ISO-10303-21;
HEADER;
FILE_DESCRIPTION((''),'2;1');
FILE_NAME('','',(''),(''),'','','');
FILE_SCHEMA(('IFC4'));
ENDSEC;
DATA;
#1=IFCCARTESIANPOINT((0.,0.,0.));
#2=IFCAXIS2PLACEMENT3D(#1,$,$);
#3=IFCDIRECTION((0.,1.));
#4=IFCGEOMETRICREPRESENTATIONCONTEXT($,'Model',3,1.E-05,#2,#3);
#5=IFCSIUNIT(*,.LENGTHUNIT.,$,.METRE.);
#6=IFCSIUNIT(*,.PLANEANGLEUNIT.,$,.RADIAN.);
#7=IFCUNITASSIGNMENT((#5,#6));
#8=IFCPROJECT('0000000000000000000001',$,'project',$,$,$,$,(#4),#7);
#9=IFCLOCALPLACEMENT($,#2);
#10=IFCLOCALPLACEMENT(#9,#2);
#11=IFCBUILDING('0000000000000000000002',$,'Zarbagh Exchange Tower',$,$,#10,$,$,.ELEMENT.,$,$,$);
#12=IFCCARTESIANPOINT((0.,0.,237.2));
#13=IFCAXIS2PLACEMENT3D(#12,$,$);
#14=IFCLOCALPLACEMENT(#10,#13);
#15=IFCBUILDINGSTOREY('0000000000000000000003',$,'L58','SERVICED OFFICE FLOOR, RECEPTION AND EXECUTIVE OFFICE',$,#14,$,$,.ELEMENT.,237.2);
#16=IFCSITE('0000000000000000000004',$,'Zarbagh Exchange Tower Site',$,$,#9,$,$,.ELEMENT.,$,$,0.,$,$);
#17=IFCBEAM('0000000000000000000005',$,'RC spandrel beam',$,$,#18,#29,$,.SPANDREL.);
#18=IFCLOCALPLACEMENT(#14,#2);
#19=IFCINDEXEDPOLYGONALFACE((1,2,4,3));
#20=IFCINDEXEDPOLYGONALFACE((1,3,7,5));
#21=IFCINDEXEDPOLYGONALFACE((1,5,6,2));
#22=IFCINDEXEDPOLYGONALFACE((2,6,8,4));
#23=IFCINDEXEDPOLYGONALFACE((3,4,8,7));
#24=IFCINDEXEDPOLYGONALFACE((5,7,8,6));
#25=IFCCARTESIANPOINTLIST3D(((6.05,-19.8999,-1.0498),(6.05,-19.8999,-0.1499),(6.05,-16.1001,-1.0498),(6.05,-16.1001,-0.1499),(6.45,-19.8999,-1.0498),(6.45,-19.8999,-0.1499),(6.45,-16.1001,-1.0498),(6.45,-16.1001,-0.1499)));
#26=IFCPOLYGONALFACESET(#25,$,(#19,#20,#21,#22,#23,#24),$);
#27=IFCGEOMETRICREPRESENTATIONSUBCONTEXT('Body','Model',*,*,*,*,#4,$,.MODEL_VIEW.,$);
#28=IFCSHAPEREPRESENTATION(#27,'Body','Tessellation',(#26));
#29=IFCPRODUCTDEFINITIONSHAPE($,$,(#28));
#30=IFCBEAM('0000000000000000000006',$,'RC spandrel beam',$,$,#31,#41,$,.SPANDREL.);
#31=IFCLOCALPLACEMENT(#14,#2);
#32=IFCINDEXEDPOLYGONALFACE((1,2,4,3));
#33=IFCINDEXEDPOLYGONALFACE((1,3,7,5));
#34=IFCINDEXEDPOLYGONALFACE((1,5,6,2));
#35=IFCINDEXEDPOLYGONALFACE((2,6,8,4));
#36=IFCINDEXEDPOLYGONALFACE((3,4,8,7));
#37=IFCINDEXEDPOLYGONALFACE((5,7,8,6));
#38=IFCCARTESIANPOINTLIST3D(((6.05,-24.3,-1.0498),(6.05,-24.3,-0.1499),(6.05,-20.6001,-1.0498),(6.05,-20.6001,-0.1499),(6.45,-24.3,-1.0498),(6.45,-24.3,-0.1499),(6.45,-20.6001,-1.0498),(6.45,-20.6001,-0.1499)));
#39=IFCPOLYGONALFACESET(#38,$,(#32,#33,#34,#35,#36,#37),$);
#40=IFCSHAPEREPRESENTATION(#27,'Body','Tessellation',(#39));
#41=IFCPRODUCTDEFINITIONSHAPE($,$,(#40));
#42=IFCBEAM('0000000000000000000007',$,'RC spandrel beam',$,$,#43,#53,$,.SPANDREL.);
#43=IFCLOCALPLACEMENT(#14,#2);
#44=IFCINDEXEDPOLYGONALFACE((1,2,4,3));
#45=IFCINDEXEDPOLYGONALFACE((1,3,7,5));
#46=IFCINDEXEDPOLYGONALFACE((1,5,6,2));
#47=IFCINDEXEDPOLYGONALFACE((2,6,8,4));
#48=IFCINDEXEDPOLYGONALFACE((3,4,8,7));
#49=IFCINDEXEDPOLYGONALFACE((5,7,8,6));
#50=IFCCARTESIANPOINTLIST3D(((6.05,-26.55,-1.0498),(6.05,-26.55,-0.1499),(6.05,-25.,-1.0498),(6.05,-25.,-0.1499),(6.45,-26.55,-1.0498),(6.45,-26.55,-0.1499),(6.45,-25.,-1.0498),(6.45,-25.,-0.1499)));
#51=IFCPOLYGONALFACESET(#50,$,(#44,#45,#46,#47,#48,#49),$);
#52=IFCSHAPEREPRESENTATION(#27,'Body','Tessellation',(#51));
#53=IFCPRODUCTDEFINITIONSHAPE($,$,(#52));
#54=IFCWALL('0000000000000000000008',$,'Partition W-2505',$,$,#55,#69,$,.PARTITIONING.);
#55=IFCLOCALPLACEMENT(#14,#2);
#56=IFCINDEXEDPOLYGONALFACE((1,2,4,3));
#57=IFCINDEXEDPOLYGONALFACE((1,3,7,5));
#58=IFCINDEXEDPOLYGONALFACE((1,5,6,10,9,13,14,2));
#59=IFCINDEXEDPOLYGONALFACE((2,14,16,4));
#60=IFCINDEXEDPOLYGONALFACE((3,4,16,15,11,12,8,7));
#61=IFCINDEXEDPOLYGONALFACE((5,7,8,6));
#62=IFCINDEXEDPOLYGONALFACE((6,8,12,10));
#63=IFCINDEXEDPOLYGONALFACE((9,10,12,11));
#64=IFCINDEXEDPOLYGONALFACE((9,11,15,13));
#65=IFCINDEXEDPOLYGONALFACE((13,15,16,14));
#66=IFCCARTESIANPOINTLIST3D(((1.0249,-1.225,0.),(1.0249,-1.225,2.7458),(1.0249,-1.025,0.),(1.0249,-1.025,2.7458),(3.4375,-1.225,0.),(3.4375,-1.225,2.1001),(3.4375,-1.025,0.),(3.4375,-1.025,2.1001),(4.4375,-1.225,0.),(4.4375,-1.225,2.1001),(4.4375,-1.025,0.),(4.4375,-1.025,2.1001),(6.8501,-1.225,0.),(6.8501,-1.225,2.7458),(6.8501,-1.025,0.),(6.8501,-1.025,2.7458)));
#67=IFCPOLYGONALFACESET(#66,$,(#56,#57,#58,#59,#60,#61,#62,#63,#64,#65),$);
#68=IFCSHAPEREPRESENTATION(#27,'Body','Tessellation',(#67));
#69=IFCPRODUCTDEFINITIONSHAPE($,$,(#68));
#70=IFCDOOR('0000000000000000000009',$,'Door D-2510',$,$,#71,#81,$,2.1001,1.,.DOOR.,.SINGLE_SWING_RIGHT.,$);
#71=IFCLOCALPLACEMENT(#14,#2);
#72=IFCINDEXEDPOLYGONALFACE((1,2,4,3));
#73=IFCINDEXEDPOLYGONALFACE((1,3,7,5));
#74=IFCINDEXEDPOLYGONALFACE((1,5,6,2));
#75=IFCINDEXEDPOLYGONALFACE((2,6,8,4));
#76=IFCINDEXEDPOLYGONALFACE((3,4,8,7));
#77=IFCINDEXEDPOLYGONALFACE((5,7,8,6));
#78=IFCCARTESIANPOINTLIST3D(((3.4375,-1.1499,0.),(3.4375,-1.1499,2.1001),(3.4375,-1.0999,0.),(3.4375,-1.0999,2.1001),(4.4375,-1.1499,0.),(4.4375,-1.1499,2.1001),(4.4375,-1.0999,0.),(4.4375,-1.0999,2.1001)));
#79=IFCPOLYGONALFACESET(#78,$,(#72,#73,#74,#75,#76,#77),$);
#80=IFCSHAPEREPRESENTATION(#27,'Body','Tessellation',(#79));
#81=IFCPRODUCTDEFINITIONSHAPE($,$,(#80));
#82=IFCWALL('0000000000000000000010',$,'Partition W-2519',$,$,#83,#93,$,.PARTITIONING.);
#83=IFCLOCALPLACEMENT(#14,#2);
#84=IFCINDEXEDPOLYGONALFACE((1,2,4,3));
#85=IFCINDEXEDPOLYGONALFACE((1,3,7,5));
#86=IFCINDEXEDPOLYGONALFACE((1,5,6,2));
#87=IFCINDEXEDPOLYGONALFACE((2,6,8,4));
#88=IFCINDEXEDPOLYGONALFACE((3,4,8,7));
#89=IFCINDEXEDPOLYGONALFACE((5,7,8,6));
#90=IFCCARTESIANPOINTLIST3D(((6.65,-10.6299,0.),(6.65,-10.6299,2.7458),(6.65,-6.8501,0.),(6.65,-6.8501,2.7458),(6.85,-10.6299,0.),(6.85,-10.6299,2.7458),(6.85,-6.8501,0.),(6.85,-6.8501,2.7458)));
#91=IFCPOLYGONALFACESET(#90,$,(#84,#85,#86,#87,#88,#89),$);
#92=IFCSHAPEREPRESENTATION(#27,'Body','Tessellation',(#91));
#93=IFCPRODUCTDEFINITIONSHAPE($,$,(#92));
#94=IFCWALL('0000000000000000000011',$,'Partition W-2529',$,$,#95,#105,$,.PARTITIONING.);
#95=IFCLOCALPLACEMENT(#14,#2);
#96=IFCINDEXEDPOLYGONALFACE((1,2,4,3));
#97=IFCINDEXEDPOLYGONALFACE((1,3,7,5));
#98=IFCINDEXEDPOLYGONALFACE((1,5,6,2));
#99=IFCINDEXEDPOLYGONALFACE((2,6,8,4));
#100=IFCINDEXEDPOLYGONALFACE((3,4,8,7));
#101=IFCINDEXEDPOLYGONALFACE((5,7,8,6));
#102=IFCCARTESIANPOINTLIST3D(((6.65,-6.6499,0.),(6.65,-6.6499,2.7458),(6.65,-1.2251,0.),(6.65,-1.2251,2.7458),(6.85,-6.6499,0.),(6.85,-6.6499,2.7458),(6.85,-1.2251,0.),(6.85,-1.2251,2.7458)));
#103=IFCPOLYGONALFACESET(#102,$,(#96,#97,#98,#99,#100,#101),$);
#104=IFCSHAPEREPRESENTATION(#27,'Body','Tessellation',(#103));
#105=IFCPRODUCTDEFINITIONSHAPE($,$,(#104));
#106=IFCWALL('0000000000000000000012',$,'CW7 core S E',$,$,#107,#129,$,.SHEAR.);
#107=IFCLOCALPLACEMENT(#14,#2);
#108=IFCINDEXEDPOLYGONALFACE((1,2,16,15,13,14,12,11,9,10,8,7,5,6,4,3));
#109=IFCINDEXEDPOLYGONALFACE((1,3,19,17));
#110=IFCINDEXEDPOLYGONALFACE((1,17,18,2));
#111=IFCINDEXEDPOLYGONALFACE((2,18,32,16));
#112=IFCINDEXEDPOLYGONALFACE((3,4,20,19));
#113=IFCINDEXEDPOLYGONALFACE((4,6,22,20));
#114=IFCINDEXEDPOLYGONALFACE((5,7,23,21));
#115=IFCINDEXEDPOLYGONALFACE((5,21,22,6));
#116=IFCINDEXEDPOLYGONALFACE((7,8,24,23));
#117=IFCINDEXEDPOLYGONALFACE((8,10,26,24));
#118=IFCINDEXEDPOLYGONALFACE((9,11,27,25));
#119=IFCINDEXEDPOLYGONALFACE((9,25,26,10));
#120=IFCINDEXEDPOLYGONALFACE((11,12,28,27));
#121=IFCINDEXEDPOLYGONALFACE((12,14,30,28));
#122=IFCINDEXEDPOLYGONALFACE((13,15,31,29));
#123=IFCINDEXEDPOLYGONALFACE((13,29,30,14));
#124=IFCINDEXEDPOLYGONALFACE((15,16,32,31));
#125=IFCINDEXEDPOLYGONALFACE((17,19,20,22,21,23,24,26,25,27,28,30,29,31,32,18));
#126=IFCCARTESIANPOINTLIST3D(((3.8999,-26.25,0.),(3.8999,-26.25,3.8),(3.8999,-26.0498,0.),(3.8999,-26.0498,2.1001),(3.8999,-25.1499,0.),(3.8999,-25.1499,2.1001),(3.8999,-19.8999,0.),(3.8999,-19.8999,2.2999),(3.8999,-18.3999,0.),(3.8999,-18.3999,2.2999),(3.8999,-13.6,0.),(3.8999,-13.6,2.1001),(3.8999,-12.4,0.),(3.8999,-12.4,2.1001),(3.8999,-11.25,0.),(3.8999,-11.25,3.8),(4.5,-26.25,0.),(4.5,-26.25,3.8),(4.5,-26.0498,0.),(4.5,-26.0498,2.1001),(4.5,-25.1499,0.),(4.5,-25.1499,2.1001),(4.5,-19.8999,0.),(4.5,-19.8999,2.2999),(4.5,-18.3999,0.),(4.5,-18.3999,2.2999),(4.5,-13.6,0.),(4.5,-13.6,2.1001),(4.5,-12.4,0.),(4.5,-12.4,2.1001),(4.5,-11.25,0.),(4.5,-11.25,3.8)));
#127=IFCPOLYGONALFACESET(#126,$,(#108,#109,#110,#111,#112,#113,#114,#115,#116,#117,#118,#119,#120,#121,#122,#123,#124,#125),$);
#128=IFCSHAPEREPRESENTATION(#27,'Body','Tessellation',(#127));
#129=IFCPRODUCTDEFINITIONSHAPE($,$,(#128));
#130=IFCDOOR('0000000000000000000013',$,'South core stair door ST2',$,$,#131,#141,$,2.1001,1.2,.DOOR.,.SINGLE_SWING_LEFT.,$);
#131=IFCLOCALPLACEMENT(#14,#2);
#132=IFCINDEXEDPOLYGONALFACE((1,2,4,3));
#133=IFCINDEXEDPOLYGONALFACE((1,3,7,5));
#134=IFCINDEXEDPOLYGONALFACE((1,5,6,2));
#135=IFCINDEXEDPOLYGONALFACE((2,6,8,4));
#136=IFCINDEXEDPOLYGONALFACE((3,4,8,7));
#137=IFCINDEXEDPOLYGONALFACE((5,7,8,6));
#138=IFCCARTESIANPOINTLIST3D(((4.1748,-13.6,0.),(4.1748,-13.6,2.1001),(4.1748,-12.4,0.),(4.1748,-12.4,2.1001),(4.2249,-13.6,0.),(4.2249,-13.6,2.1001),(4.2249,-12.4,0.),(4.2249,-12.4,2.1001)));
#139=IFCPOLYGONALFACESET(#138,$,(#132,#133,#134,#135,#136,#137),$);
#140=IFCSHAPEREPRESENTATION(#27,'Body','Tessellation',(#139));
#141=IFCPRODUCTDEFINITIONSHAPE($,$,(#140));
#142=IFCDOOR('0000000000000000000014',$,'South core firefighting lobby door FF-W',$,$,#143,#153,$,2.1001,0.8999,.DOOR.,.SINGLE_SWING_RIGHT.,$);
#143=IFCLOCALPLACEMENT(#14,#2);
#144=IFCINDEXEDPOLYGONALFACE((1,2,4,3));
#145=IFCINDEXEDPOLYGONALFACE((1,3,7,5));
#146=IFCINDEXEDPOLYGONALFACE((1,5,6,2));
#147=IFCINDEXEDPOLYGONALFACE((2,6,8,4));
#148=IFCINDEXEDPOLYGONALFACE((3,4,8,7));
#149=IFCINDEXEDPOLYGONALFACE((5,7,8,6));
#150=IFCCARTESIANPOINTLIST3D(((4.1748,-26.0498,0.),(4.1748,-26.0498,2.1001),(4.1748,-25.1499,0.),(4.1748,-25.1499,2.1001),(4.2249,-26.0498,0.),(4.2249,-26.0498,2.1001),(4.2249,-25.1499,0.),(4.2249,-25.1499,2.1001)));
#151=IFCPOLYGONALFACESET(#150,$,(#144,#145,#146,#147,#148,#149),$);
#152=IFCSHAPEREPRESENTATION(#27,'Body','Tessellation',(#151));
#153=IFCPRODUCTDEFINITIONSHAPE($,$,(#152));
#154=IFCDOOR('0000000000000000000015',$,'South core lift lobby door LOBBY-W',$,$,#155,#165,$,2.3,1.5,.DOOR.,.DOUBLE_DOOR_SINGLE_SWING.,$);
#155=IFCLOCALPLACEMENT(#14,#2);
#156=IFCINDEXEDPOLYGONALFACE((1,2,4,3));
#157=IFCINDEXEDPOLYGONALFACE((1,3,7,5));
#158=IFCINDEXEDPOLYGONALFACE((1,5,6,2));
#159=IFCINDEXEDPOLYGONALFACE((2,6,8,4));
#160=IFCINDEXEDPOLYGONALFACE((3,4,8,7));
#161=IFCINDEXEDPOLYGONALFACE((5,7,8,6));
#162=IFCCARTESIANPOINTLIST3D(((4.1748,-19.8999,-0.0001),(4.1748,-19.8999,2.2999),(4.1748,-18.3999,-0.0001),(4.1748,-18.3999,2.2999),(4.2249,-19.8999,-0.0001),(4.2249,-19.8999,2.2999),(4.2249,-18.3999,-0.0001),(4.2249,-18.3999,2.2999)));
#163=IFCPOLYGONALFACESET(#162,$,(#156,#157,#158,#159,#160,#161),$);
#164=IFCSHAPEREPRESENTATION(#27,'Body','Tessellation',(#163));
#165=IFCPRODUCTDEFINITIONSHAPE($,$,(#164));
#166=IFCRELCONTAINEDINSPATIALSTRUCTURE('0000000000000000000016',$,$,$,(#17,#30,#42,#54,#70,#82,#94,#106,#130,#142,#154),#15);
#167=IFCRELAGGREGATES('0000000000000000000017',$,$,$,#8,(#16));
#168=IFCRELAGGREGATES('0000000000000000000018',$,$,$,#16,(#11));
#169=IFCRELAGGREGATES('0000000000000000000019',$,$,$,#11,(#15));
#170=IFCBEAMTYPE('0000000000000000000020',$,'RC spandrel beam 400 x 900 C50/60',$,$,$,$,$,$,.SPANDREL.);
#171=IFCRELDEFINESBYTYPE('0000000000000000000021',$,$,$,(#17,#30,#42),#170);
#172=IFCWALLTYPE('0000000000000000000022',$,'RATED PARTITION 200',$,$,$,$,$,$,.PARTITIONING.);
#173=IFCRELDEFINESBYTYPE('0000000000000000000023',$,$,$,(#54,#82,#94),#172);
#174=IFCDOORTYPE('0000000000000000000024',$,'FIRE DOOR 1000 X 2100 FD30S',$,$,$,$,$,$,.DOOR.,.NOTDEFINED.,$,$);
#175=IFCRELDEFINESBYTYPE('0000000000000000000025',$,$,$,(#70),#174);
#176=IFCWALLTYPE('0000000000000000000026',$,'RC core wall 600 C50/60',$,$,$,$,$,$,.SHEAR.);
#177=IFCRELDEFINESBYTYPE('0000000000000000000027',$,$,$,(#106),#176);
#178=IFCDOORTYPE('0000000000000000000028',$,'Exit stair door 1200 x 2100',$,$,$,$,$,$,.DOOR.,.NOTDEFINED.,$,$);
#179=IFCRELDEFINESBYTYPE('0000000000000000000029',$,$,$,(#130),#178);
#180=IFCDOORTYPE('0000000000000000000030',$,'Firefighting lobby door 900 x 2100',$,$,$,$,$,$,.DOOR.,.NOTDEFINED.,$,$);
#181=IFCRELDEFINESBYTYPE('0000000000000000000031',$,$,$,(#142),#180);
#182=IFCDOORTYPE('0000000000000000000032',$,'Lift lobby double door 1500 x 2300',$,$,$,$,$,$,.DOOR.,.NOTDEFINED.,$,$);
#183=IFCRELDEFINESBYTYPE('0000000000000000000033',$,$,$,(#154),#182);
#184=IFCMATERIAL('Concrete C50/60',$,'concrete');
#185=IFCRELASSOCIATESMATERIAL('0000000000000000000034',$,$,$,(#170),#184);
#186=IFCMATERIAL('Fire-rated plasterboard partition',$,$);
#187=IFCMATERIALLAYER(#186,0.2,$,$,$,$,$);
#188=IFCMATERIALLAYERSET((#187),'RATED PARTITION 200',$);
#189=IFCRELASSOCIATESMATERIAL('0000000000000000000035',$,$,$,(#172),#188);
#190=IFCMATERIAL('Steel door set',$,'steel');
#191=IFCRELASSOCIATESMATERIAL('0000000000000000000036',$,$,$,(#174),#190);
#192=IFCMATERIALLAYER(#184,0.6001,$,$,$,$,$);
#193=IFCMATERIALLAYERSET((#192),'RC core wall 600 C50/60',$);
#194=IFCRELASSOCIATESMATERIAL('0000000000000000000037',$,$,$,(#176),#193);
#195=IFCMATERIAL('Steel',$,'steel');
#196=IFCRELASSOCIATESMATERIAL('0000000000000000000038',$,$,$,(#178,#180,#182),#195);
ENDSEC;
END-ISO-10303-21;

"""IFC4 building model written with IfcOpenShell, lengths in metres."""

from ifc_helpers import new_model, si_unit, direction, frame, frame_2d, origin, origin_2d, place, context, subcontext, project, spatial, rectangle, extrude, material, layer, layer_set, material_profile, profile_set, type_object, element, fill, save


model = new_model("IFC4")

# Units and contexts
model_context = context("Model", 3, precision=1e-05, world=origin(), true_north=direction((0.0, 1.0)))
body_context = subcontext(model_context, "Body", "Model", "MODEL_VIEW")
ifc_project = project(units=[si_unit("LENGTHUNIT", "METRE"), si_unit("PLANEANGLEUNIT", "RADIAN")], contexts=[model_context])

# Site, building, storey
site_placement = place(None, origin())
site = spatial("IfcSite", under=ifc_project, at=site_placement, Name="Zarbagh Exchange Tower Site", CompositionType="ELEMENT", RefElevation=0.0)
building_placement = place(site_placement, origin())
building = spatial("IfcBuilding", under=site, at=building_placement, Name="Zarbagh Exchange Tower", CompositionType="ELEMENT")
storey_placement = place(building_placement, frame((0.0, 0.0, 237.2)))
storey = spatial("IfcBuildingStorey", under=building, at=storey_placement, Name="L58", Description="SERVICED OFFICE FLOOR, RECEPTION AND EXECUTIVE OFFICE", CompositionType="ELEMENT", Elevation=237.2)

# Shared definitions
ifc_material_1 = material(Name="Concrete C50/60", Category="concrete")

# Beams
ifc_material_profile_1 = material_profile(ifc_material_1, rectangle(XDim=0.3999, YDim=0.8999, at=origin_2d()), Name="RC spandrel beam 400 x 900 C50/60")
ifc_profile_set_1 = profile_set([ifc_material_profile_1], Name="Concrete C50/60")
beam_type_1 = type_object("IfcBeamType", Name="RC spandrel beam 400 x 900 C50/60", PredefinedType="SPANDREL", material=ifc_profile_set_1)
beam_1_placement = place(storey_placement, frame((6.25, -16.1001, -0.5999), z_axis=(0.0, -1.0, 0.0), x_axis=(1.0, 0.0, 0.0)))
element("IfcBeam", 1, at=beam_1_placement, inside=storey, type_object=beam_type_1, Name="RC spandrel beam", PredefinedType="SPANDREL", context=body_context, shape_type="SweptSolid", body=[
    extrude(rectangle(XDim=0.3999, YDim=0.8999, at=origin_2d()), origin(), (0.0, 0.0, 1.0), 3.7998),
])
beam_2_placement = place(storey_placement, frame((6.25, -20.6001, -0.5999), z_axis=(0.0, -1.0, 0.0), x_axis=(1.0, 0.0, 0.0)))
element("IfcBeam", 2, at=beam_2_placement, inside=storey, type_object=beam_type_1, Name="RC spandrel beam", PredefinedType="SPANDREL", context=body_context, shape_type="SweptSolid", body=[
    extrude(rectangle(XDim=0.3999, YDim=0.8999, at=origin_2d()), origin(), (0.0, 0.0, 1.0), 3.7),
])
beam_3_placement = place(storey_placement, frame((6.25, -25.0, -0.5999), z_axis=(0.0, -1.0, 0.0), x_axis=(1.0, 0.0, 0.0)))
element("IfcBeam", 3, at=beam_3_placement, inside=storey, type_object=beam_type_1, Name="RC spandrel beam", PredefinedType="SPANDREL", context=body_context, shape_type="SweptSolid", body=[
    extrude(rectangle(XDim=0.3999, YDim=0.8999, at=origin_2d()), origin(), (0.0, 0.0, 1.0), 1.55),
])

# Wall, opening, door
ifc_material_2 = material(Name="Fire-rated plasterboard partition")
ifc_layer_1 = layer(ifc_material_2, 0.2)
ifc_layer_set_1 = layer_set([ifc_layer_1], Name="RATED PARTITION 200")
wall_type_1 = type_object("IfcWallType", Name="RATED PARTITION 200", PredefinedType="PARTITIONING", material=ifc_layer_set_1)
wall_1_placement = place(storey_placement, frame((6.8501, -1.125, 0.0), z_axis=(0.0, 0.0, 1.0), x_axis=(-1.0, 0.0, 0.0)))
wall_1 = element("IfcWall", 4, at=wall_1_placement, inside=storey, type_object=wall_type_1, Name="Partition W-2505", PredefinedType="PARTITIONING", context=body_context, shape_type="SweptSolid", body=[
    extrude(rectangle(XDim=5.8252, YDim=0.2, at=frame_2d((2.9126, 0.0))), origin(), (0.0, 0.0, 1.0), 2.7458),
])
opening_1_placement = place(wall_1_placement, frame((2.4126, 0.0, 0.0)))
opening_1 = element("IfcOpeningElement", 5, at=opening_1_placement, cuts=wall_1, PredefinedType="OPENING", context=body_context, shape_type="SweptSolid", body=[
    extrude(rectangle(XDim=1.0, YDim=2.1001, at=frame_2d((0.5, 1.05))), frame((0.0, 0.1099, 0.0), z_axis=(0.0, -1.0, 0.0), x_axis=(1.0, 0.0, 0.0)), (0.0, 0.0, 1.0), 0.22),
])
ifc_material_3 = material(Name="Steel door set", Category="steel")
door_type_1 = type_object("IfcDoorType", Name="FIRE DOOR 1000 X 2100 FD30S", OperationType="NOTDEFINED", PredefinedType="DOOR", material=ifc_material_3)
door_1_placement = place(opening_1_placement, origin())
door_1 = element("IfcDoor", 6, at=door_1_placement, inside=storey, type_object=door_type_1, Name="Door D-2510", OperationType="SINGLE_SWING_RIGHT", OverallHeight=2.1001, OverallWidth=1.0, PredefinedType="DOOR", context=body_context, shape_type="SweptSolid", body=[
    extrude(rectangle(XDim=1.0, YDim=2.1001, at=frame_2d((0.5, 1.05))), frame((0.0, 0.0249, 0.0), z_axis=(0.0, -1.0, 0.0), x_axis=(1.0, 0.0, 0.0)), (0.0, 0.0, 1.0), 0.05),
])
fill(opening_1, door_1)

# Walls
wall_2_placement = place(storey_placement, frame((6.75, -10.6299, 0.0), z_axis=(0.0, 0.0, 1.0), x_axis=(0.0, 1.0, 0.0)))
element("IfcWall", 7, at=wall_2_placement, inside=storey, type_object=wall_type_1, Name="Partition W-2519", PredefinedType="PARTITIONING", context=body_context, shape_type="SweptSolid", body=[
    extrude(rectangle(XDim=3.7798, YDim=0.2, at=frame_2d((1.8899, 0.0))), origin(), (0.0, 0.0, 1.0), 2.7458),
])
wall_3_placement = place(storey_placement, frame((6.75, -6.6499, 0.0), z_axis=(0.0, 0.0, 1.0), x_axis=(0.0, 1.0, 0.0)))
element("IfcWall", 8, at=wall_3_placement, inside=storey, type_object=wall_type_1, Name="Partition W-2529", PredefinedType="PARTITIONING", context=body_context, shape_type="SweptSolid", body=[
    extrude(rectangle(XDim=5.4248, YDim=0.2, at=frame_2d((2.7124, 0.0))), origin(), (0.0, 0.0, 1.0), 2.7458),
])

# Wall, openings, doors
ifc_layer_2 = layer(ifc_material_1, 0.6001)
ifc_layer_set_2 = layer_set([ifc_layer_2], Name="RC core wall 600 C50/60")
wall_type_2 = type_object("IfcWallType", Name="RC core wall 600 C50/60", PredefinedType="SHEAR", material=ifc_layer_set_2)
wall_4_placement = place(storey_placement, frame((4.2, -11.25, 0.0), z_axis=(0.0, 0.0, 1.0), x_axis=(0.0, -1.0, 0.0)))
wall_4 = element("IfcWall", 9, at=wall_4_placement, inside=storey, type_object=wall_type_2, Name="CW7 core S E", PredefinedType="SHEAR", context=body_context, shape_type="SweptSolid", body=[
    extrude(rectangle(XDim=15.0, YDim=0.6001, at=frame_2d((7.5, 0.0))), origin(), (0.0, 0.0, 1.0), 3.8),
])
opening_2_placement = place(wall_4_placement, frame((7.1499, 0.0, 0.0)))
opening_2 = element("IfcOpeningElement", 10, at=opening_2_placement, cuts=wall_4, PredefinedType="OPENING", context=body_context, shape_type="SweptSolid", body=[
    extrude(rectangle(XDim=1.5, YDim=2.3, at=frame_2d((0.75, 1.1499))), frame((0.0, 0.3101, 0.0), z_axis=(0.0, -1.0, 0.0), x_axis=(1.0, 0.0, 0.0)), (0.0, 0.0, 1.0), 0.6201),
])
opening_3_placement = place(wall_4_placement, frame((13.8999, 0.0, 0.0)))
opening_3 = element("IfcOpeningElement", 11, at=opening_3_placement, cuts=wall_4, PredefinedType="OPENING", context=body_context, shape_type="SweptSolid", body=[
    extrude(rectangle(XDim=0.8999, YDim=2.1001, at=frame_2d((0.45, 1.05))), frame((0.0, 0.3101, 0.0), z_axis=(0.0, -1.0, 0.0), x_axis=(1.0, 0.0, 0.0)), (0.0, 0.0, 1.0), 0.6201),
])
opening_4_placement = place(wall_4_placement, frame((1.1499, 0.0, 0.0)))
opening_4 = element("IfcOpeningElement", 12, at=opening_4_placement, cuts=wall_4, PredefinedType="OPENING", context=body_context, shape_type="SweptSolid", body=[
    extrude(rectangle(XDim=1.2, YDim=2.1001, at=frame_2d((0.6001, 1.05))), frame((0.0, 0.3101, 0.0), z_axis=(0.0, -1.0, 0.0), x_axis=(1.0, 0.0, 0.0)), (0.0, 0.0, 1.0), 0.6201),
])
ifc_material_4 = material(Name="Steel", Category="steel")
door_type_2 = type_object("IfcDoorType", Name="Exit stair door 1200 x 2100", OperationType="NOTDEFINED", PredefinedType="DOOR", material=ifc_material_4)
door_2_placement = place(opening_4_placement, origin())
door_2 = element("IfcDoor", 13, at=door_2_placement, inside=storey, type_object=door_type_2, Name="South core stair door ST2", OperationType="SINGLE_SWING_LEFT", OverallHeight=2.1001, OverallWidth=1.2, PredefinedType="DOOR", context=body_context, shape_type="SweptSolid", body=[
    extrude(rectangle(XDim=1.2, YDim=2.1001, at=frame_2d((0.6001, 1.05))), frame((0.0, 0.0249, 0.0), z_axis=(0.0, -1.0, 0.0), x_axis=(1.0, 0.0, 0.0)), (0.0, 0.0, 1.0), 0.05),
])
fill(opening_4, door_2)
door_type_3 = type_object("IfcDoorType", Name="Firefighting lobby door 900 x 2100", OperationType="NOTDEFINED", PredefinedType="DOOR", material=ifc_material_4)
door_3_placement = place(opening_3_placement, origin())
door_3 = element("IfcDoor", 14, at=door_3_placement, inside=storey, type_object=door_type_3, Name="South core firefighting lobby door FF-W", OperationType="SINGLE_SWING_RIGHT", OverallHeight=2.1001, OverallWidth=0.8999, PredefinedType="DOOR", context=body_context, shape_type="SweptSolid", body=[
    extrude(rectangle(XDim=0.8999, YDim=2.1001, at=frame_2d((0.45, 1.05))), frame((0.0, 0.0249, 0.0), z_axis=(0.0, -1.0, 0.0), x_axis=(1.0, 0.0, 0.0)), (0.0, 0.0, 1.0), 0.05),
])
fill(opening_3, door_3)
door_type_4 = type_object("IfcDoorType", Name="Lift lobby double door 1500 x 2300", OperationType="NOTDEFINED", PredefinedType="DOOR", material=ifc_material_4)
door_4_placement = place(opening_2_placement, origin())
door_4 = element("IfcDoor", 15, at=door_4_placement, inside=storey, type_object=door_type_4, Name="South core lift lobby door LOBBY-W", OperationType="DOUBLE_DOOR_SINGLE_SWING", OverallHeight=2.3, OverallWidth=1.5, PredefinedType="DOOR", context=body_context, shape_type="SweptSolid", body=[
    extrude(rectangle(XDim=1.5, YDim=2.3, at=frame_2d((0.75, 1.1499))), frame((0.0, 0.0249, 0.0), z_axis=(0.0, -1.0, 0.0), x_axis=(1.0, 0.0, 0.0)), (0.0, 0.0, 1.0), 0.05),
])
fill(opening_2, door_4)

save(model, "model.ifc")
